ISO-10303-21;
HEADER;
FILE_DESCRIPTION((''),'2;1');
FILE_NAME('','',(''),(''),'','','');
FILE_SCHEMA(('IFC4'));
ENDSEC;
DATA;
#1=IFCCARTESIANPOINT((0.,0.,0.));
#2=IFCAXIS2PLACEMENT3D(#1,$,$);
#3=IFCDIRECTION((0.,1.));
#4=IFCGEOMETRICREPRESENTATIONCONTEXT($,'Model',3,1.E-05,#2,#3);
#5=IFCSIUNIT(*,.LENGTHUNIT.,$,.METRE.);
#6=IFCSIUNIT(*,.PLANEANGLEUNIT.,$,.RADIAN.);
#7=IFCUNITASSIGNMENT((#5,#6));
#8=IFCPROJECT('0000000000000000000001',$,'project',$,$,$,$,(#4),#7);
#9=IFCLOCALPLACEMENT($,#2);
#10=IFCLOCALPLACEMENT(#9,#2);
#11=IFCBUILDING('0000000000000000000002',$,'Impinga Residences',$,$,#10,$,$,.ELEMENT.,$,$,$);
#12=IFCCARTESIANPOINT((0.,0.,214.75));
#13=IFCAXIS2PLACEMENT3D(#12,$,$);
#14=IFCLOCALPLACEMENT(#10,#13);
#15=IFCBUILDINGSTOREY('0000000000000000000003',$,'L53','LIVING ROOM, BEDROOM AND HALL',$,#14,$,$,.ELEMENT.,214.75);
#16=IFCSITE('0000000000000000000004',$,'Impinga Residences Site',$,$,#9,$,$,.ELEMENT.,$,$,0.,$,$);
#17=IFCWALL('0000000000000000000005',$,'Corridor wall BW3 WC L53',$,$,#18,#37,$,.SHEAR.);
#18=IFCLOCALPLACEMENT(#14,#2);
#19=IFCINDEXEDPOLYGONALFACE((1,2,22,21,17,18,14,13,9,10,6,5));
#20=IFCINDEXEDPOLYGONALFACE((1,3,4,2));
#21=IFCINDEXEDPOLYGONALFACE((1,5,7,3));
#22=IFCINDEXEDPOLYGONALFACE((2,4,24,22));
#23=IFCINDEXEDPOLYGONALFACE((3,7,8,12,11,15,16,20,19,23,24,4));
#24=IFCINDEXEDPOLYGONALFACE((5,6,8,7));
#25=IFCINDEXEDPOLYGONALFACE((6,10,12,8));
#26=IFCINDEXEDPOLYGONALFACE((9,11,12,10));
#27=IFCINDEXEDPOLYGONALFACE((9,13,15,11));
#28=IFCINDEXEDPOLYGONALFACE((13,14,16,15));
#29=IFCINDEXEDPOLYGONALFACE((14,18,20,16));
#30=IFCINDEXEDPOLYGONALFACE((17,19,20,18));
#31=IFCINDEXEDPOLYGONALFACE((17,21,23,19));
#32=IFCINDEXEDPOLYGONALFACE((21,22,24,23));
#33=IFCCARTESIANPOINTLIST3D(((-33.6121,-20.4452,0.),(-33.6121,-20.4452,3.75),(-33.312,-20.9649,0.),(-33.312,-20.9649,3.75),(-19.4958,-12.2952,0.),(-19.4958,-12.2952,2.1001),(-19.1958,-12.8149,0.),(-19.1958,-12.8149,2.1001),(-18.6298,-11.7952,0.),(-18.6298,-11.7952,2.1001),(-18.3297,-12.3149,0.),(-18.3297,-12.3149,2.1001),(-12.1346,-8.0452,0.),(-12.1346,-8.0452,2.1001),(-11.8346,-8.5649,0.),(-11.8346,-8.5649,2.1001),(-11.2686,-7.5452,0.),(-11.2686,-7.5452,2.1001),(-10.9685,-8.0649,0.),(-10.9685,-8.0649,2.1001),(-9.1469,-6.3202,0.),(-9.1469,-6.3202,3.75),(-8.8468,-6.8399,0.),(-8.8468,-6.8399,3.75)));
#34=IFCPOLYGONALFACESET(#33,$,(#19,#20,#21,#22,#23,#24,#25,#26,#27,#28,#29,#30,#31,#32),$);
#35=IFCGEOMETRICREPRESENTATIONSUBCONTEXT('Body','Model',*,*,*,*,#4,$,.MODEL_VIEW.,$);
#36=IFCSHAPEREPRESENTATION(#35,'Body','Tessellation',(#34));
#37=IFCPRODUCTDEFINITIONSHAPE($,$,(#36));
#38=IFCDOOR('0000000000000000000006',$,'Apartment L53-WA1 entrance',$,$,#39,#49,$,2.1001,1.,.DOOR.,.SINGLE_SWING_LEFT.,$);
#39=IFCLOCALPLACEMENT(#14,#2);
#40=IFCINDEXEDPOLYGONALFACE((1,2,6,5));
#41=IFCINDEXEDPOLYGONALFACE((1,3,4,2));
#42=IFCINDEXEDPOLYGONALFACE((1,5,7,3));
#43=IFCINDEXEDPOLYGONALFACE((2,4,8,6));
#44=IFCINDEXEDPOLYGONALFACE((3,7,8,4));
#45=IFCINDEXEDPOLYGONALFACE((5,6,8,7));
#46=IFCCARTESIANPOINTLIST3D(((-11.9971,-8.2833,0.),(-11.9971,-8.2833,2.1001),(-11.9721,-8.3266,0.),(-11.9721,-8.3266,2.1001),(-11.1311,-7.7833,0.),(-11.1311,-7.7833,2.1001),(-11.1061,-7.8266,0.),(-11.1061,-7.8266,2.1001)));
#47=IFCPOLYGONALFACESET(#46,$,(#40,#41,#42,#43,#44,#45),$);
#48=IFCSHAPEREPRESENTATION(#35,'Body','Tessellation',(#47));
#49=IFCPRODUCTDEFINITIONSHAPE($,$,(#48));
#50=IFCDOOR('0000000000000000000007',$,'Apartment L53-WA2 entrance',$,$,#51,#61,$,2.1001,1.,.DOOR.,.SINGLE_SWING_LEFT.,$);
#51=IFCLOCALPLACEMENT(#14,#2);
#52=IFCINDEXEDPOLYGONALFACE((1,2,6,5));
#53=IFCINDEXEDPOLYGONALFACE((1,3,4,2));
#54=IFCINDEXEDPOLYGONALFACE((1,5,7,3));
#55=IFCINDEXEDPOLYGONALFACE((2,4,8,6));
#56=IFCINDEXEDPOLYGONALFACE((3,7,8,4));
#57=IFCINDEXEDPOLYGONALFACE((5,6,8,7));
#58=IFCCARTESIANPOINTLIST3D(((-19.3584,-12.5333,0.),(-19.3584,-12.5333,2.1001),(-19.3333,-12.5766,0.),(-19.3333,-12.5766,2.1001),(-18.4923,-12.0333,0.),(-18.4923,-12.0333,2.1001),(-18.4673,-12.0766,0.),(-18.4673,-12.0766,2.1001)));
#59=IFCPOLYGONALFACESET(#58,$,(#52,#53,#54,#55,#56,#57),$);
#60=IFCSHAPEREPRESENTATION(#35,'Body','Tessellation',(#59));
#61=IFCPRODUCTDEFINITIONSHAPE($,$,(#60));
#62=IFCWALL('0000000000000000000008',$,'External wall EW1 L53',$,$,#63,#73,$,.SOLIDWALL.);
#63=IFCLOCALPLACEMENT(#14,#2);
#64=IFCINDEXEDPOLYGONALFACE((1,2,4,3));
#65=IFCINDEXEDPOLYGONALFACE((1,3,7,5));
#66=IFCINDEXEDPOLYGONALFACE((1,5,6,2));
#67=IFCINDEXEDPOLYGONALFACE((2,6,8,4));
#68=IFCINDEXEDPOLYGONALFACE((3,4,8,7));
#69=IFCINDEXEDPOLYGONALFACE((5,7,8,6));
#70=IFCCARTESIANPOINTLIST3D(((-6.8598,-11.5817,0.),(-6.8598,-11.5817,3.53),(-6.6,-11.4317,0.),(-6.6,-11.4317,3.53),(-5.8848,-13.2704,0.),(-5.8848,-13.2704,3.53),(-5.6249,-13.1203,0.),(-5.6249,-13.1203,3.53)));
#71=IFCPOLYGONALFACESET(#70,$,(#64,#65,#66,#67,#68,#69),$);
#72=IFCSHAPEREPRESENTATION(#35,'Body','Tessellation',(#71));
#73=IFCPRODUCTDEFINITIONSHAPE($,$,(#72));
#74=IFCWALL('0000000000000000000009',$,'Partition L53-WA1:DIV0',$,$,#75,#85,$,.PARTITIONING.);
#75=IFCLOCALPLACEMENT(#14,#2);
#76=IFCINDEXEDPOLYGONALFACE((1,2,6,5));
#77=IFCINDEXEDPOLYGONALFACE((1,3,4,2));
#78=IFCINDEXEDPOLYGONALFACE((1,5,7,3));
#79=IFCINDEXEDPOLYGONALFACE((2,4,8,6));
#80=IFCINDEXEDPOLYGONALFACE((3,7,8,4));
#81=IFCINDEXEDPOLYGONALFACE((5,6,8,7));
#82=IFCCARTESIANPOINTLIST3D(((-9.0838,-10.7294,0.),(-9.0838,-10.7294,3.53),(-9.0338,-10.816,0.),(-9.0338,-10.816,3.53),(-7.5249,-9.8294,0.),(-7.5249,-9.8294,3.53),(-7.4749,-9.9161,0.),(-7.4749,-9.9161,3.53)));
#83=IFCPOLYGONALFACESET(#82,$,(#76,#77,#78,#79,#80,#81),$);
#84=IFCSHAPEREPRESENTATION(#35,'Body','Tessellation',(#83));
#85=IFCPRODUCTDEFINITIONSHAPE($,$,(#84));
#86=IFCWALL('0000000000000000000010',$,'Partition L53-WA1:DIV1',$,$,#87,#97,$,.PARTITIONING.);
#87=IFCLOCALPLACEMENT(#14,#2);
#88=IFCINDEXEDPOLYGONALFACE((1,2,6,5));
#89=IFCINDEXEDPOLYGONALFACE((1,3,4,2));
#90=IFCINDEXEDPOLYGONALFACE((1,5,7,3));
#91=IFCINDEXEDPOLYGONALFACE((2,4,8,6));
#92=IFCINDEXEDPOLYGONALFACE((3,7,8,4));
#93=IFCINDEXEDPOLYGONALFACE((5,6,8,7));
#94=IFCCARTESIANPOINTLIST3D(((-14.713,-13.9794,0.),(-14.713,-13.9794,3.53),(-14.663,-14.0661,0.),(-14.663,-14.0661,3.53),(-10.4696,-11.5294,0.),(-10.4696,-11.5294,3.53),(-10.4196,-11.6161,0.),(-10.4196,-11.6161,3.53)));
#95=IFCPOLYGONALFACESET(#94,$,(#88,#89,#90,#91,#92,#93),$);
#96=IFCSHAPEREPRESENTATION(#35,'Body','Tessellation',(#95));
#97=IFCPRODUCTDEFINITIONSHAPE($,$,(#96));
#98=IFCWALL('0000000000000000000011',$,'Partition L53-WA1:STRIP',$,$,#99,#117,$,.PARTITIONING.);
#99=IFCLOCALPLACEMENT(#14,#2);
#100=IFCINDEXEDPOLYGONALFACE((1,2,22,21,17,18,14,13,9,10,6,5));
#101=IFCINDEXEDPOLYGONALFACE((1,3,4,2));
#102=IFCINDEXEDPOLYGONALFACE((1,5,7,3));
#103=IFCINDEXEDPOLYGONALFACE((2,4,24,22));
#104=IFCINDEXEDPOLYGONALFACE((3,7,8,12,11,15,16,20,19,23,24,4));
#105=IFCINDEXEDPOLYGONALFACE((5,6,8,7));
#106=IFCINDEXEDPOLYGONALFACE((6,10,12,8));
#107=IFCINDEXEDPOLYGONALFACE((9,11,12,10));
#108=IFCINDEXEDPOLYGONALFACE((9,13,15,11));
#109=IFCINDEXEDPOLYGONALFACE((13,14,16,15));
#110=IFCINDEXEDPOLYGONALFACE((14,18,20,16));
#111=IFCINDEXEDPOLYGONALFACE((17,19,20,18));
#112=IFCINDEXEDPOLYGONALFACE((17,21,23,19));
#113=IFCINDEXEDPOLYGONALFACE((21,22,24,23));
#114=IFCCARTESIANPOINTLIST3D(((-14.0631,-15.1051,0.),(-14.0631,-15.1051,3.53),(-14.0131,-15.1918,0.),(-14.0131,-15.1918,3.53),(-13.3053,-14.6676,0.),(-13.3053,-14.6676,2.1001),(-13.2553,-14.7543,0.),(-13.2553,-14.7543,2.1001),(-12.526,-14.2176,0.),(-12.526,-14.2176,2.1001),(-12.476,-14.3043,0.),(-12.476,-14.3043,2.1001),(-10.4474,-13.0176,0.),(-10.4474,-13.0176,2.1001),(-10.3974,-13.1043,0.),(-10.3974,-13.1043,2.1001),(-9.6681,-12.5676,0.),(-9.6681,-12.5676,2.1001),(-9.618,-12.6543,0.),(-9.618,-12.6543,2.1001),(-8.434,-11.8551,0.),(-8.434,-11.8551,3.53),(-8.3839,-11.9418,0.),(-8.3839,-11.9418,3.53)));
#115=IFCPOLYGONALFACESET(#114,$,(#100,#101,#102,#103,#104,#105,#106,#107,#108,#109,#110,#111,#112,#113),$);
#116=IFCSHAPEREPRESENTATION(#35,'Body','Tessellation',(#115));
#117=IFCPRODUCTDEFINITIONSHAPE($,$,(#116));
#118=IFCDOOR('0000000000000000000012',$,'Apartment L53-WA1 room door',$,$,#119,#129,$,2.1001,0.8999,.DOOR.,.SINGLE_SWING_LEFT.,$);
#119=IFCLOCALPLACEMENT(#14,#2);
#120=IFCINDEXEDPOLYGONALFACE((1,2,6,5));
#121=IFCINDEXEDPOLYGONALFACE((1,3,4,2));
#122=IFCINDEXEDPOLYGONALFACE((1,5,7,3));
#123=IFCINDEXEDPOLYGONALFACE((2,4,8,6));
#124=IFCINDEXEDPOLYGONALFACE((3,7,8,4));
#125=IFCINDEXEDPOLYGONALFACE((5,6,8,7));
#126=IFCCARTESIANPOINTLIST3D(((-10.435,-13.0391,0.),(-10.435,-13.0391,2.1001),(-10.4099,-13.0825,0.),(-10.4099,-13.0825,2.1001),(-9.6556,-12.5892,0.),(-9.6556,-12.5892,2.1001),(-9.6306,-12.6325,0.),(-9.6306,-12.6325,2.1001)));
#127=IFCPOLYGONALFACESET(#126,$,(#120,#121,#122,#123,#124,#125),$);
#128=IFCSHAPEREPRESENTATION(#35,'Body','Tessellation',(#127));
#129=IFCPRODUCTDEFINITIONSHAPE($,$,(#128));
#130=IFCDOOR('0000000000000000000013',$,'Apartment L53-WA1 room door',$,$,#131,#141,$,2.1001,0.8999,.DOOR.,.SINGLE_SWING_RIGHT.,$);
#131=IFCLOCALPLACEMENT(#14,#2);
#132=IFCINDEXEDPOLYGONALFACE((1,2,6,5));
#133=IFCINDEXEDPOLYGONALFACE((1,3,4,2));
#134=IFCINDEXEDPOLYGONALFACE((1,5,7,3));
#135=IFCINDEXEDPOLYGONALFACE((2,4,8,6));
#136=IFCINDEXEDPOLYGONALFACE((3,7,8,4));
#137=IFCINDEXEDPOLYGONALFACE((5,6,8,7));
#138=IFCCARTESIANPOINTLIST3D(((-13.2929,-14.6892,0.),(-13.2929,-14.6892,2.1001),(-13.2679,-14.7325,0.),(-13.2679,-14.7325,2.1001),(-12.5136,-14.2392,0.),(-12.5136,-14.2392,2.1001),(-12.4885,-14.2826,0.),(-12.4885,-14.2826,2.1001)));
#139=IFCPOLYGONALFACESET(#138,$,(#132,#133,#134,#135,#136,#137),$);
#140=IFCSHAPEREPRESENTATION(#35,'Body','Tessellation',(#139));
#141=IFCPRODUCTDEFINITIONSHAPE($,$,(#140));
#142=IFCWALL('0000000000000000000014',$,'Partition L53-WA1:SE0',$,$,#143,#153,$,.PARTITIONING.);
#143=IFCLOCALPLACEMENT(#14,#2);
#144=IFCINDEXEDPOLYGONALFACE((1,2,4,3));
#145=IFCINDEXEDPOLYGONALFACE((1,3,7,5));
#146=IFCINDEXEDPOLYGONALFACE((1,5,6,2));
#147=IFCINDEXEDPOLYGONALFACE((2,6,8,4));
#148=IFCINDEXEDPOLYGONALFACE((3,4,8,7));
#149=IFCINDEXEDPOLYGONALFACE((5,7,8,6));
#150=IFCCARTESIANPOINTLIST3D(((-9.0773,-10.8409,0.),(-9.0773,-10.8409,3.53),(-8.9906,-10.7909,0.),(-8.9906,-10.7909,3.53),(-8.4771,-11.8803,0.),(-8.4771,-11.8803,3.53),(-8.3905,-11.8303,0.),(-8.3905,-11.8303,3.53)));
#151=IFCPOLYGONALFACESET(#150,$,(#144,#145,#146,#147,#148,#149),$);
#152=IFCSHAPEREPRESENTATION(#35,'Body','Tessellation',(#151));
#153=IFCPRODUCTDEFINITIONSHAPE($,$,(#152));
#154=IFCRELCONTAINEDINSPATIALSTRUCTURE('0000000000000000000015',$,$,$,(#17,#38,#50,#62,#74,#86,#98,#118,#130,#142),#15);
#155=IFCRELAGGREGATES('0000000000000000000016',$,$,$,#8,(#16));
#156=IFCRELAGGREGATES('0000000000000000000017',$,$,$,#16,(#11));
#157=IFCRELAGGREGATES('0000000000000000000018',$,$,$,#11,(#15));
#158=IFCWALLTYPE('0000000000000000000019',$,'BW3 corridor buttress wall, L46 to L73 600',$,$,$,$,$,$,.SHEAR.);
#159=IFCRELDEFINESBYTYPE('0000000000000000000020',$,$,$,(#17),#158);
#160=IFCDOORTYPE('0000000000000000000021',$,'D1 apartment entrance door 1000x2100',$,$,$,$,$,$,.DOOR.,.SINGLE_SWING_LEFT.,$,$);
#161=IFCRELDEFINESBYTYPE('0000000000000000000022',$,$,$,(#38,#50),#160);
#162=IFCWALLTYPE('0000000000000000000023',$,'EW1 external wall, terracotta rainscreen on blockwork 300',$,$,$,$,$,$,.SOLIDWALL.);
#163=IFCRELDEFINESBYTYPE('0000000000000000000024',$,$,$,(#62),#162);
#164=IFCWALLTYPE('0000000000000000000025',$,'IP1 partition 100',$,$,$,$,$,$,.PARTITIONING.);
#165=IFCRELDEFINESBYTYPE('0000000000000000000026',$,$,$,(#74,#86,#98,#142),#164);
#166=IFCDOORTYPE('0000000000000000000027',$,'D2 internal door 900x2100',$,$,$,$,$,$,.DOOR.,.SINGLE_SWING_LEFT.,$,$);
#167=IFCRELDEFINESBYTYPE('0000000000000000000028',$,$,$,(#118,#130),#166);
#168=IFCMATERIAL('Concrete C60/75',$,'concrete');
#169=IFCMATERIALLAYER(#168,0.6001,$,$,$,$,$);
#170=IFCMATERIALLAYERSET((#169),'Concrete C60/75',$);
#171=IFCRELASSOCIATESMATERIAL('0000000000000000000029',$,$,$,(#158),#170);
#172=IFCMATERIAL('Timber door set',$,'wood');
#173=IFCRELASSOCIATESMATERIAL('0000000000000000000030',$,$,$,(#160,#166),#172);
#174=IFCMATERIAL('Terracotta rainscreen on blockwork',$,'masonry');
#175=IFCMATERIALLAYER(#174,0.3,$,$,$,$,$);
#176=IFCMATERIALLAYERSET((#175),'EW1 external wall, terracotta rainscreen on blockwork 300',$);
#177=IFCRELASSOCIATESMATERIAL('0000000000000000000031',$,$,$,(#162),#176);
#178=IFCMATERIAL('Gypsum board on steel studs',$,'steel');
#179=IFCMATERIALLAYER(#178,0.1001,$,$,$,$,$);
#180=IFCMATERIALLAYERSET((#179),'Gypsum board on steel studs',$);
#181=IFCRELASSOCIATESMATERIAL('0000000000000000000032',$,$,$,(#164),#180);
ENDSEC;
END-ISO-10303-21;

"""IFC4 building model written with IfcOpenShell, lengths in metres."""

from ifc_helpers import new_model, si_unit, direction, frame, frame_2d, origin, place, context, subcontext, project, spatial, rectangle, extrude, material, layer, layer_set, type_object, element, fill, save


model = new_model("IFC4")

# Units and contexts
model_context = context("Model", 3, precision=1e-05, world=origin(), true_north=direction((0.0, 1.0)))
body_context = subcontext(model_context, "Body", "Model", "MODEL_VIEW")
ifc_project = project(units=[si_unit("LENGTHUNIT", "METRE"), si_unit("PLANEANGLEUNIT", "RADIAN")], contexts=[model_context])

# Site, building, storey
site_placement = place(None, origin())
site = spatial("IfcSite", under=ifc_project, at=site_placement, Name="Impinga Residences Site", CompositionType="ELEMENT", RefElevation=0.0)
building_placement = place(site_placement, origin())
building = spatial("IfcBuilding", under=site, at=building_placement, Name="Impinga Residences", CompositionType="ELEMENT")
storey_placement = place(building_placement, frame((0.0, 0.0, 214.75)))
storey = spatial("IfcBuildingStorey", under=building, at=storey_placement, Name="L53", Description="LIVING ROOM, BEDROOM AND HALL", CompositionType="ELEMENT", Elevation=214.75)

# Wall, openings, doors
ifc_material_1 = material(Name="Concrete C60/75", Category="concrete")
ifc_layer_1 = layer(ifc_material_1, 0.6001)
ifc_layer_set_1 = layer_set([ifc_layer_1], Name="Concrete C60/75")
wall_type_1 = type_object("IfcWallType", Name="BW3 corridor buttress wall, L46 to L73 600", PredefinedType="SHEAR", material=ifc_layer_set_1)
wall_1_placement = place(storey_placement, frame((-8.9968, -6.5801, 0.0), z_axis=(0.0, 0.0, 1.0), x_axis=(-0.866026, -0.499998, 0.0)))
wall_1 = element("IfcWall", 1, at=wall_1_placement, inside=storey, type_object=wall_type_1, Name="Corridor wall BW3 WC L53", PredefinedType="SHEAR", context=body_context, shape_type="SweptSolid", body=[
    extrude(rectangle(XDim=28.25, YDim=0.6001, at=frame_2d((14.125, 0.0))), origin(), (0.0, 0.0, 1.0), 3.75),
])
opening_1_placement = place(wall_1_placement, frame((2.45, 0.0, 0.0)))
opening_1 = element("IfcOpeningElement", 2, at=opening_1_placement, cuts=wall_1, PredefinedType="OPENING", context=body_context, shape_type="SweptSolid", body=[
    extrude(rectangle(XDim=1.0, YDim=2.1001, at=frame_2d((0.5, 1.05))), frame((0.0, 0.3101, 0.0), z_axis=(0.0, -1.0, 0.0), x_axis=(1.0, 0.0, 0.0)), (0.0, 0.0, 1.0), 0.6201),
])
opening_2_placement = place(wall_1_placement, frame((10.95, 0.0, 0.0)))
opening_2 = element("IfcOpeningElement", 3, at=opening_2_placement, cuts=wall_1, PredefinedType="OPENING", context=body_context, shape_type="SweptSolid", body=[
    extrude(rectangle(XDim=1.0, YDim=2.1001, at=frame_2d((0.5, 1.05))), frame((0.0, 0.3101, 0.0), z_axis=(0.0, -1.0, 0.0), x_axis=(1.0, 0.0, 0.0)), (0.0, 0.0, 1.0), 0.6201),
])
ifc_material_2 = material(Name="Timber door set", Category="wood")
door_type_1 = type_object("IfcDoorType", Name="D1 apartment entrance door 1000x2100", OperationType="SINGLE_SWING_LEFT", PredefinedType="DOOR", material=ifc_material_2)
door_1_placement = place(opening_1_placement, origin())
door_1 = element("IfcDoor", 4, at=door_1_placement, inside=storey, type_object=door_type_1, Name="Apartment L53-WA1 entrance", OperationType="SINGLE_SWING_LEFT", OverallHeight=2.1001, OverallWidth=1.0, PredefinedType="DOOR", context=body_context, shape_type="SweptSolid", body=[
    extrude(rectangle(XDim=1.0, YDim=2.1001, at=frame_2d((0.5, 1.05))), frame((0.0, 0.0249, 0.0), z_axis=(0.0, -1.0, 0.0), x_axis=(1.0, 0.0, 0.0)), (0.0, 0.0, 1.0), 0.05),
])
fill(opening_1, door_1)
door_2_placement = place(opening_2_placement, origin())
door_2 = element("IfcDoor", 5, at=door_2_placement, inside=storey, type_object=door_type_1, Name="Apartment L53-WA2 entrance", OperationType="SINGLE_SWING_LEFT", OverallHeight=2.1001, OverallWidth=1.0, PredefinedType="DOOR", context=body_context, shape_type="SweptSolid", body=[
    extrude(rectangle(XDim=1.0, YDim=2.1001, at=frame_2d((0.5, 1.05))), frame((0.0, 0.0249, 0.0), z_axis=(0.0, -1.0, 0.0), x_axis=(1.0, 0.0, 0.0)), (0.0, 0.0, 1.0), 0.05),
])
fill(opening_2, door_2)

# Walls
ifc_material_3 = material(Name="Terracotta rainscreen on blockwork", Category="masonry")
ifc_layer_2 = layer(ifc_material_3, 0.3)
ifc_layer_set_2 = layer_set([ifc_layer_2], Name="EW1 external wall, terracotta rainscreen on blockwork 300")
wall_type_2 = type_object("IfcWallType", Name="EW1 external wall, terracotta rainscreen on blockwork 300", PredefinedType="SOLIDWALL", material=ifc_layer_set_2)
wall_2_placement = place(storey_placement, frame((-6.73, -11.5066, 0.0), z_axis=(0.0, 0.0, 1.0), x_axis=(0.500044, -0.866, 0.0)))
element("IfcWall", 6, at=wall_2_placement, inside=storey, type_object=wall_type_2, Name="External wall EW1 L53", PredefinedType="SOLIDWALL", context=body_context, shape_type="SweptSolid", body=[
    extrude(rectangle(XDim=1.95, YDim=0.3, at=frame_2d((0.9751, 0.0))), origin(), (0.0, 0.0, 1.0), 3.53),
])
ifc_material_4 = material(Name="Gypsum board on steel studs", Category="steel")
ifc_layer_3 = layer(ifc_material_4, 0.1001)
ifc_layer_set_3 = layer_set([ifc_layer_3], Name="Gypsum board on steel studs")
wall_type_3 = type_object("IfcWallType", Name="IP1 partition 100", PredefinedType="PARTITIONING", material=ifc_layer_set_3)
wall_3_placement = place(storey_placement, frame((-7.5, -9.8728, 0.0), z_axis=(0.0, 0.0, 1.0), x_axis=(-0.866048, -0.499961, 0.0)))
element("IfcWall", 7, at=wall_3_placement, inside=storey, type_object=wall_type_3, Name="Partition L53-WA1:DIV0", PredefinedType="PARTITIONING", context=body_context, shape_type="SweptSolid", body=[
    extrude(rectangle(XDim=1.8, YDim=0.1001, at=frame_2d((0.8999, 0.0))), origin(), (0.0, 0.0, 1.0), 3.53),
])
wall_4_placement = place(storey_placement, frame((-10.4446, -11.5728, 0.0), z_axis=(0.0, 0.0, 1.0), x_axis=(-0.866024, -0.500003, 0.0)))
element("IfcWall", 8, at=wall_4_placement, inside=storey, type_object=wall_type_3, Name="Partition L53-WA1:DIV1", PredefinedType="PARTITIONING", context=body_context, shape_type="SweptSolid", body=[
    extrude(rectangle(XDim=4.8999, YDim=0.1001, at=frame_2d((2.45, 0.0))), origin(), (0.0, 0.0, 1.0), 3.53),
])

# Wall, openings, doors
wall_5_placement = place(storey_placement, frame((-8.4089, -11.8984, 0.0), z_axis=(0.0, 0.0, 1.0), x_axis=(-0.866025, -0.500001, 0.0)))
wall_5 = element("IfcWall", 9, at=wall_5_placement, inside=storey, type_object=wall_type_3, Name="Partition L53-WA1:STRIP", PredefinedType="PARTITIONING", context=body_context, shape_type="SweptSolid", body=[
    extrude(rectangle(XDim=6.5, YDim=0.1001, at=frame_2d((3.25, 0.0))), origin(), (0.0, 0.0, 1.0), 3.53),
])
opening_3_placement = place(wall_5_placement, frame((1.425, 0.0, 0.0)))
opening_3 = element("IfcOpeningElement", 10, at=opening_3_placement, cuts=wall_5, PredefinedType="OPENING", context=body_context, shape_type="SweptSolid", body=[
    extrude(rectangle(XDim=0.8999, YDim=2.1001, at=frame_2d((0.45, 1.05))), frame((0.0, 0.0601, 0.0), z_axis=(0.0, -1.0, 0.0), x_axis=(1.0, 0.0, 0.0)), (0.0, 0.0, 1.0), 0.1201),
])
opening_4_placement = place(wall_5_placement, frame((4.7251, 0.0, 0.0)))
opening_4 = element("IfcOpeningElement", 11, at=opening_4_placement, cuts=wall_5, PredefinedType="OPENING", context=body_context, shape_type="SweptSolid", body=[
    extrude(rectangle(XDim=0.8999, YDim=2.1001, at=frame_2d((0.45, 1.05))), frame((0.0, 0.0601, 0.0), z_axis=(0.0, -1.0, 0.0), x_axis=(1.0, 0.0, 0.0)), (0.0, 0.0, 1.0), 0.1201),
])
door_type_2 = type_object("IfcDoorType", Name="D2 internal door 900x2100", OperationType="SINGLE_SWING_LEFT", PredefinedType="DOOR", material=ifc_material_2)
door_3_placement = place(opening_3_placement, origin())
door_3 = element("IfcDoor", 12, at=door_3_placement, inside=storey, type_object=door_type_2, Name="Apartment L53-WA1 room door", OperationType="SINGLE_SWING_LEFT", OverallHeight=2.1001, OverallWidth=0.8999, PredefinedType="DOOR", context=body_context, shape_type="SweptSolid", body=[
    extrude(rectangle(XDim=0.8999, YDim=2.1001, at=frame_2d((0.45, 1.05))), frame((0.0, 0.0249, 0.0), z_axis=(0.0, -1.0, 0.0), x_axis=(1.0, 0.0, 0.0)), (0.0, 0.0, 1.0), 0.05),
])
fill(opening_3, door_3)
door_4_placement = place(opening_4_placement, origin())
door_4 = element("IfcDoor", 13, at=door_4_placement, inside=storey, type_object=door_type_2, Name="Apartment L53-WA1 room door", OperationType="SINGLE_SWING_RIGHT", OverallHeight=2.1001, OverallWidth=0.8999, PredefinedType="DOOR", context=body_context, shape_type="SweptSolid", body=[
    extrude(rectangle(XDim=0.8999, YDim=2.1001, at=frame_2d((0.45, 1.05))), frame((0.0, 0.0249, 0.0), z_axis=(0.0, -1.0, 0.0), x_axis=(1.0, 0.0, 0.0)), (0.0, 0.0, 1.0), 0.05),
])
fill(opening_4, door_4)

# Wall
wall_6_placement = place(storey_placement, frame((-9.0339, -10.8159, 0.0), z_axis=(0.0, 0.0, 1.0), x_axis=(0.500034, -0.866006, 0.0)))
element("IfcWall", 14, at=wall_6_placement, inside=storey, type_object=wall_type_3, Name="Partition L53-WA1:SE0", PredefinedType="PARTITIONING", context=body_context, shape_type="SweptSolid", body=[
    extrude(rectangle(XDim=1.2002, YDim=0.1001, at=frame_2d((0.6001, 0.0))), origin(), (0.0, 0.0, 1.0), 3.53),
])

save(model, "model.ifc")
